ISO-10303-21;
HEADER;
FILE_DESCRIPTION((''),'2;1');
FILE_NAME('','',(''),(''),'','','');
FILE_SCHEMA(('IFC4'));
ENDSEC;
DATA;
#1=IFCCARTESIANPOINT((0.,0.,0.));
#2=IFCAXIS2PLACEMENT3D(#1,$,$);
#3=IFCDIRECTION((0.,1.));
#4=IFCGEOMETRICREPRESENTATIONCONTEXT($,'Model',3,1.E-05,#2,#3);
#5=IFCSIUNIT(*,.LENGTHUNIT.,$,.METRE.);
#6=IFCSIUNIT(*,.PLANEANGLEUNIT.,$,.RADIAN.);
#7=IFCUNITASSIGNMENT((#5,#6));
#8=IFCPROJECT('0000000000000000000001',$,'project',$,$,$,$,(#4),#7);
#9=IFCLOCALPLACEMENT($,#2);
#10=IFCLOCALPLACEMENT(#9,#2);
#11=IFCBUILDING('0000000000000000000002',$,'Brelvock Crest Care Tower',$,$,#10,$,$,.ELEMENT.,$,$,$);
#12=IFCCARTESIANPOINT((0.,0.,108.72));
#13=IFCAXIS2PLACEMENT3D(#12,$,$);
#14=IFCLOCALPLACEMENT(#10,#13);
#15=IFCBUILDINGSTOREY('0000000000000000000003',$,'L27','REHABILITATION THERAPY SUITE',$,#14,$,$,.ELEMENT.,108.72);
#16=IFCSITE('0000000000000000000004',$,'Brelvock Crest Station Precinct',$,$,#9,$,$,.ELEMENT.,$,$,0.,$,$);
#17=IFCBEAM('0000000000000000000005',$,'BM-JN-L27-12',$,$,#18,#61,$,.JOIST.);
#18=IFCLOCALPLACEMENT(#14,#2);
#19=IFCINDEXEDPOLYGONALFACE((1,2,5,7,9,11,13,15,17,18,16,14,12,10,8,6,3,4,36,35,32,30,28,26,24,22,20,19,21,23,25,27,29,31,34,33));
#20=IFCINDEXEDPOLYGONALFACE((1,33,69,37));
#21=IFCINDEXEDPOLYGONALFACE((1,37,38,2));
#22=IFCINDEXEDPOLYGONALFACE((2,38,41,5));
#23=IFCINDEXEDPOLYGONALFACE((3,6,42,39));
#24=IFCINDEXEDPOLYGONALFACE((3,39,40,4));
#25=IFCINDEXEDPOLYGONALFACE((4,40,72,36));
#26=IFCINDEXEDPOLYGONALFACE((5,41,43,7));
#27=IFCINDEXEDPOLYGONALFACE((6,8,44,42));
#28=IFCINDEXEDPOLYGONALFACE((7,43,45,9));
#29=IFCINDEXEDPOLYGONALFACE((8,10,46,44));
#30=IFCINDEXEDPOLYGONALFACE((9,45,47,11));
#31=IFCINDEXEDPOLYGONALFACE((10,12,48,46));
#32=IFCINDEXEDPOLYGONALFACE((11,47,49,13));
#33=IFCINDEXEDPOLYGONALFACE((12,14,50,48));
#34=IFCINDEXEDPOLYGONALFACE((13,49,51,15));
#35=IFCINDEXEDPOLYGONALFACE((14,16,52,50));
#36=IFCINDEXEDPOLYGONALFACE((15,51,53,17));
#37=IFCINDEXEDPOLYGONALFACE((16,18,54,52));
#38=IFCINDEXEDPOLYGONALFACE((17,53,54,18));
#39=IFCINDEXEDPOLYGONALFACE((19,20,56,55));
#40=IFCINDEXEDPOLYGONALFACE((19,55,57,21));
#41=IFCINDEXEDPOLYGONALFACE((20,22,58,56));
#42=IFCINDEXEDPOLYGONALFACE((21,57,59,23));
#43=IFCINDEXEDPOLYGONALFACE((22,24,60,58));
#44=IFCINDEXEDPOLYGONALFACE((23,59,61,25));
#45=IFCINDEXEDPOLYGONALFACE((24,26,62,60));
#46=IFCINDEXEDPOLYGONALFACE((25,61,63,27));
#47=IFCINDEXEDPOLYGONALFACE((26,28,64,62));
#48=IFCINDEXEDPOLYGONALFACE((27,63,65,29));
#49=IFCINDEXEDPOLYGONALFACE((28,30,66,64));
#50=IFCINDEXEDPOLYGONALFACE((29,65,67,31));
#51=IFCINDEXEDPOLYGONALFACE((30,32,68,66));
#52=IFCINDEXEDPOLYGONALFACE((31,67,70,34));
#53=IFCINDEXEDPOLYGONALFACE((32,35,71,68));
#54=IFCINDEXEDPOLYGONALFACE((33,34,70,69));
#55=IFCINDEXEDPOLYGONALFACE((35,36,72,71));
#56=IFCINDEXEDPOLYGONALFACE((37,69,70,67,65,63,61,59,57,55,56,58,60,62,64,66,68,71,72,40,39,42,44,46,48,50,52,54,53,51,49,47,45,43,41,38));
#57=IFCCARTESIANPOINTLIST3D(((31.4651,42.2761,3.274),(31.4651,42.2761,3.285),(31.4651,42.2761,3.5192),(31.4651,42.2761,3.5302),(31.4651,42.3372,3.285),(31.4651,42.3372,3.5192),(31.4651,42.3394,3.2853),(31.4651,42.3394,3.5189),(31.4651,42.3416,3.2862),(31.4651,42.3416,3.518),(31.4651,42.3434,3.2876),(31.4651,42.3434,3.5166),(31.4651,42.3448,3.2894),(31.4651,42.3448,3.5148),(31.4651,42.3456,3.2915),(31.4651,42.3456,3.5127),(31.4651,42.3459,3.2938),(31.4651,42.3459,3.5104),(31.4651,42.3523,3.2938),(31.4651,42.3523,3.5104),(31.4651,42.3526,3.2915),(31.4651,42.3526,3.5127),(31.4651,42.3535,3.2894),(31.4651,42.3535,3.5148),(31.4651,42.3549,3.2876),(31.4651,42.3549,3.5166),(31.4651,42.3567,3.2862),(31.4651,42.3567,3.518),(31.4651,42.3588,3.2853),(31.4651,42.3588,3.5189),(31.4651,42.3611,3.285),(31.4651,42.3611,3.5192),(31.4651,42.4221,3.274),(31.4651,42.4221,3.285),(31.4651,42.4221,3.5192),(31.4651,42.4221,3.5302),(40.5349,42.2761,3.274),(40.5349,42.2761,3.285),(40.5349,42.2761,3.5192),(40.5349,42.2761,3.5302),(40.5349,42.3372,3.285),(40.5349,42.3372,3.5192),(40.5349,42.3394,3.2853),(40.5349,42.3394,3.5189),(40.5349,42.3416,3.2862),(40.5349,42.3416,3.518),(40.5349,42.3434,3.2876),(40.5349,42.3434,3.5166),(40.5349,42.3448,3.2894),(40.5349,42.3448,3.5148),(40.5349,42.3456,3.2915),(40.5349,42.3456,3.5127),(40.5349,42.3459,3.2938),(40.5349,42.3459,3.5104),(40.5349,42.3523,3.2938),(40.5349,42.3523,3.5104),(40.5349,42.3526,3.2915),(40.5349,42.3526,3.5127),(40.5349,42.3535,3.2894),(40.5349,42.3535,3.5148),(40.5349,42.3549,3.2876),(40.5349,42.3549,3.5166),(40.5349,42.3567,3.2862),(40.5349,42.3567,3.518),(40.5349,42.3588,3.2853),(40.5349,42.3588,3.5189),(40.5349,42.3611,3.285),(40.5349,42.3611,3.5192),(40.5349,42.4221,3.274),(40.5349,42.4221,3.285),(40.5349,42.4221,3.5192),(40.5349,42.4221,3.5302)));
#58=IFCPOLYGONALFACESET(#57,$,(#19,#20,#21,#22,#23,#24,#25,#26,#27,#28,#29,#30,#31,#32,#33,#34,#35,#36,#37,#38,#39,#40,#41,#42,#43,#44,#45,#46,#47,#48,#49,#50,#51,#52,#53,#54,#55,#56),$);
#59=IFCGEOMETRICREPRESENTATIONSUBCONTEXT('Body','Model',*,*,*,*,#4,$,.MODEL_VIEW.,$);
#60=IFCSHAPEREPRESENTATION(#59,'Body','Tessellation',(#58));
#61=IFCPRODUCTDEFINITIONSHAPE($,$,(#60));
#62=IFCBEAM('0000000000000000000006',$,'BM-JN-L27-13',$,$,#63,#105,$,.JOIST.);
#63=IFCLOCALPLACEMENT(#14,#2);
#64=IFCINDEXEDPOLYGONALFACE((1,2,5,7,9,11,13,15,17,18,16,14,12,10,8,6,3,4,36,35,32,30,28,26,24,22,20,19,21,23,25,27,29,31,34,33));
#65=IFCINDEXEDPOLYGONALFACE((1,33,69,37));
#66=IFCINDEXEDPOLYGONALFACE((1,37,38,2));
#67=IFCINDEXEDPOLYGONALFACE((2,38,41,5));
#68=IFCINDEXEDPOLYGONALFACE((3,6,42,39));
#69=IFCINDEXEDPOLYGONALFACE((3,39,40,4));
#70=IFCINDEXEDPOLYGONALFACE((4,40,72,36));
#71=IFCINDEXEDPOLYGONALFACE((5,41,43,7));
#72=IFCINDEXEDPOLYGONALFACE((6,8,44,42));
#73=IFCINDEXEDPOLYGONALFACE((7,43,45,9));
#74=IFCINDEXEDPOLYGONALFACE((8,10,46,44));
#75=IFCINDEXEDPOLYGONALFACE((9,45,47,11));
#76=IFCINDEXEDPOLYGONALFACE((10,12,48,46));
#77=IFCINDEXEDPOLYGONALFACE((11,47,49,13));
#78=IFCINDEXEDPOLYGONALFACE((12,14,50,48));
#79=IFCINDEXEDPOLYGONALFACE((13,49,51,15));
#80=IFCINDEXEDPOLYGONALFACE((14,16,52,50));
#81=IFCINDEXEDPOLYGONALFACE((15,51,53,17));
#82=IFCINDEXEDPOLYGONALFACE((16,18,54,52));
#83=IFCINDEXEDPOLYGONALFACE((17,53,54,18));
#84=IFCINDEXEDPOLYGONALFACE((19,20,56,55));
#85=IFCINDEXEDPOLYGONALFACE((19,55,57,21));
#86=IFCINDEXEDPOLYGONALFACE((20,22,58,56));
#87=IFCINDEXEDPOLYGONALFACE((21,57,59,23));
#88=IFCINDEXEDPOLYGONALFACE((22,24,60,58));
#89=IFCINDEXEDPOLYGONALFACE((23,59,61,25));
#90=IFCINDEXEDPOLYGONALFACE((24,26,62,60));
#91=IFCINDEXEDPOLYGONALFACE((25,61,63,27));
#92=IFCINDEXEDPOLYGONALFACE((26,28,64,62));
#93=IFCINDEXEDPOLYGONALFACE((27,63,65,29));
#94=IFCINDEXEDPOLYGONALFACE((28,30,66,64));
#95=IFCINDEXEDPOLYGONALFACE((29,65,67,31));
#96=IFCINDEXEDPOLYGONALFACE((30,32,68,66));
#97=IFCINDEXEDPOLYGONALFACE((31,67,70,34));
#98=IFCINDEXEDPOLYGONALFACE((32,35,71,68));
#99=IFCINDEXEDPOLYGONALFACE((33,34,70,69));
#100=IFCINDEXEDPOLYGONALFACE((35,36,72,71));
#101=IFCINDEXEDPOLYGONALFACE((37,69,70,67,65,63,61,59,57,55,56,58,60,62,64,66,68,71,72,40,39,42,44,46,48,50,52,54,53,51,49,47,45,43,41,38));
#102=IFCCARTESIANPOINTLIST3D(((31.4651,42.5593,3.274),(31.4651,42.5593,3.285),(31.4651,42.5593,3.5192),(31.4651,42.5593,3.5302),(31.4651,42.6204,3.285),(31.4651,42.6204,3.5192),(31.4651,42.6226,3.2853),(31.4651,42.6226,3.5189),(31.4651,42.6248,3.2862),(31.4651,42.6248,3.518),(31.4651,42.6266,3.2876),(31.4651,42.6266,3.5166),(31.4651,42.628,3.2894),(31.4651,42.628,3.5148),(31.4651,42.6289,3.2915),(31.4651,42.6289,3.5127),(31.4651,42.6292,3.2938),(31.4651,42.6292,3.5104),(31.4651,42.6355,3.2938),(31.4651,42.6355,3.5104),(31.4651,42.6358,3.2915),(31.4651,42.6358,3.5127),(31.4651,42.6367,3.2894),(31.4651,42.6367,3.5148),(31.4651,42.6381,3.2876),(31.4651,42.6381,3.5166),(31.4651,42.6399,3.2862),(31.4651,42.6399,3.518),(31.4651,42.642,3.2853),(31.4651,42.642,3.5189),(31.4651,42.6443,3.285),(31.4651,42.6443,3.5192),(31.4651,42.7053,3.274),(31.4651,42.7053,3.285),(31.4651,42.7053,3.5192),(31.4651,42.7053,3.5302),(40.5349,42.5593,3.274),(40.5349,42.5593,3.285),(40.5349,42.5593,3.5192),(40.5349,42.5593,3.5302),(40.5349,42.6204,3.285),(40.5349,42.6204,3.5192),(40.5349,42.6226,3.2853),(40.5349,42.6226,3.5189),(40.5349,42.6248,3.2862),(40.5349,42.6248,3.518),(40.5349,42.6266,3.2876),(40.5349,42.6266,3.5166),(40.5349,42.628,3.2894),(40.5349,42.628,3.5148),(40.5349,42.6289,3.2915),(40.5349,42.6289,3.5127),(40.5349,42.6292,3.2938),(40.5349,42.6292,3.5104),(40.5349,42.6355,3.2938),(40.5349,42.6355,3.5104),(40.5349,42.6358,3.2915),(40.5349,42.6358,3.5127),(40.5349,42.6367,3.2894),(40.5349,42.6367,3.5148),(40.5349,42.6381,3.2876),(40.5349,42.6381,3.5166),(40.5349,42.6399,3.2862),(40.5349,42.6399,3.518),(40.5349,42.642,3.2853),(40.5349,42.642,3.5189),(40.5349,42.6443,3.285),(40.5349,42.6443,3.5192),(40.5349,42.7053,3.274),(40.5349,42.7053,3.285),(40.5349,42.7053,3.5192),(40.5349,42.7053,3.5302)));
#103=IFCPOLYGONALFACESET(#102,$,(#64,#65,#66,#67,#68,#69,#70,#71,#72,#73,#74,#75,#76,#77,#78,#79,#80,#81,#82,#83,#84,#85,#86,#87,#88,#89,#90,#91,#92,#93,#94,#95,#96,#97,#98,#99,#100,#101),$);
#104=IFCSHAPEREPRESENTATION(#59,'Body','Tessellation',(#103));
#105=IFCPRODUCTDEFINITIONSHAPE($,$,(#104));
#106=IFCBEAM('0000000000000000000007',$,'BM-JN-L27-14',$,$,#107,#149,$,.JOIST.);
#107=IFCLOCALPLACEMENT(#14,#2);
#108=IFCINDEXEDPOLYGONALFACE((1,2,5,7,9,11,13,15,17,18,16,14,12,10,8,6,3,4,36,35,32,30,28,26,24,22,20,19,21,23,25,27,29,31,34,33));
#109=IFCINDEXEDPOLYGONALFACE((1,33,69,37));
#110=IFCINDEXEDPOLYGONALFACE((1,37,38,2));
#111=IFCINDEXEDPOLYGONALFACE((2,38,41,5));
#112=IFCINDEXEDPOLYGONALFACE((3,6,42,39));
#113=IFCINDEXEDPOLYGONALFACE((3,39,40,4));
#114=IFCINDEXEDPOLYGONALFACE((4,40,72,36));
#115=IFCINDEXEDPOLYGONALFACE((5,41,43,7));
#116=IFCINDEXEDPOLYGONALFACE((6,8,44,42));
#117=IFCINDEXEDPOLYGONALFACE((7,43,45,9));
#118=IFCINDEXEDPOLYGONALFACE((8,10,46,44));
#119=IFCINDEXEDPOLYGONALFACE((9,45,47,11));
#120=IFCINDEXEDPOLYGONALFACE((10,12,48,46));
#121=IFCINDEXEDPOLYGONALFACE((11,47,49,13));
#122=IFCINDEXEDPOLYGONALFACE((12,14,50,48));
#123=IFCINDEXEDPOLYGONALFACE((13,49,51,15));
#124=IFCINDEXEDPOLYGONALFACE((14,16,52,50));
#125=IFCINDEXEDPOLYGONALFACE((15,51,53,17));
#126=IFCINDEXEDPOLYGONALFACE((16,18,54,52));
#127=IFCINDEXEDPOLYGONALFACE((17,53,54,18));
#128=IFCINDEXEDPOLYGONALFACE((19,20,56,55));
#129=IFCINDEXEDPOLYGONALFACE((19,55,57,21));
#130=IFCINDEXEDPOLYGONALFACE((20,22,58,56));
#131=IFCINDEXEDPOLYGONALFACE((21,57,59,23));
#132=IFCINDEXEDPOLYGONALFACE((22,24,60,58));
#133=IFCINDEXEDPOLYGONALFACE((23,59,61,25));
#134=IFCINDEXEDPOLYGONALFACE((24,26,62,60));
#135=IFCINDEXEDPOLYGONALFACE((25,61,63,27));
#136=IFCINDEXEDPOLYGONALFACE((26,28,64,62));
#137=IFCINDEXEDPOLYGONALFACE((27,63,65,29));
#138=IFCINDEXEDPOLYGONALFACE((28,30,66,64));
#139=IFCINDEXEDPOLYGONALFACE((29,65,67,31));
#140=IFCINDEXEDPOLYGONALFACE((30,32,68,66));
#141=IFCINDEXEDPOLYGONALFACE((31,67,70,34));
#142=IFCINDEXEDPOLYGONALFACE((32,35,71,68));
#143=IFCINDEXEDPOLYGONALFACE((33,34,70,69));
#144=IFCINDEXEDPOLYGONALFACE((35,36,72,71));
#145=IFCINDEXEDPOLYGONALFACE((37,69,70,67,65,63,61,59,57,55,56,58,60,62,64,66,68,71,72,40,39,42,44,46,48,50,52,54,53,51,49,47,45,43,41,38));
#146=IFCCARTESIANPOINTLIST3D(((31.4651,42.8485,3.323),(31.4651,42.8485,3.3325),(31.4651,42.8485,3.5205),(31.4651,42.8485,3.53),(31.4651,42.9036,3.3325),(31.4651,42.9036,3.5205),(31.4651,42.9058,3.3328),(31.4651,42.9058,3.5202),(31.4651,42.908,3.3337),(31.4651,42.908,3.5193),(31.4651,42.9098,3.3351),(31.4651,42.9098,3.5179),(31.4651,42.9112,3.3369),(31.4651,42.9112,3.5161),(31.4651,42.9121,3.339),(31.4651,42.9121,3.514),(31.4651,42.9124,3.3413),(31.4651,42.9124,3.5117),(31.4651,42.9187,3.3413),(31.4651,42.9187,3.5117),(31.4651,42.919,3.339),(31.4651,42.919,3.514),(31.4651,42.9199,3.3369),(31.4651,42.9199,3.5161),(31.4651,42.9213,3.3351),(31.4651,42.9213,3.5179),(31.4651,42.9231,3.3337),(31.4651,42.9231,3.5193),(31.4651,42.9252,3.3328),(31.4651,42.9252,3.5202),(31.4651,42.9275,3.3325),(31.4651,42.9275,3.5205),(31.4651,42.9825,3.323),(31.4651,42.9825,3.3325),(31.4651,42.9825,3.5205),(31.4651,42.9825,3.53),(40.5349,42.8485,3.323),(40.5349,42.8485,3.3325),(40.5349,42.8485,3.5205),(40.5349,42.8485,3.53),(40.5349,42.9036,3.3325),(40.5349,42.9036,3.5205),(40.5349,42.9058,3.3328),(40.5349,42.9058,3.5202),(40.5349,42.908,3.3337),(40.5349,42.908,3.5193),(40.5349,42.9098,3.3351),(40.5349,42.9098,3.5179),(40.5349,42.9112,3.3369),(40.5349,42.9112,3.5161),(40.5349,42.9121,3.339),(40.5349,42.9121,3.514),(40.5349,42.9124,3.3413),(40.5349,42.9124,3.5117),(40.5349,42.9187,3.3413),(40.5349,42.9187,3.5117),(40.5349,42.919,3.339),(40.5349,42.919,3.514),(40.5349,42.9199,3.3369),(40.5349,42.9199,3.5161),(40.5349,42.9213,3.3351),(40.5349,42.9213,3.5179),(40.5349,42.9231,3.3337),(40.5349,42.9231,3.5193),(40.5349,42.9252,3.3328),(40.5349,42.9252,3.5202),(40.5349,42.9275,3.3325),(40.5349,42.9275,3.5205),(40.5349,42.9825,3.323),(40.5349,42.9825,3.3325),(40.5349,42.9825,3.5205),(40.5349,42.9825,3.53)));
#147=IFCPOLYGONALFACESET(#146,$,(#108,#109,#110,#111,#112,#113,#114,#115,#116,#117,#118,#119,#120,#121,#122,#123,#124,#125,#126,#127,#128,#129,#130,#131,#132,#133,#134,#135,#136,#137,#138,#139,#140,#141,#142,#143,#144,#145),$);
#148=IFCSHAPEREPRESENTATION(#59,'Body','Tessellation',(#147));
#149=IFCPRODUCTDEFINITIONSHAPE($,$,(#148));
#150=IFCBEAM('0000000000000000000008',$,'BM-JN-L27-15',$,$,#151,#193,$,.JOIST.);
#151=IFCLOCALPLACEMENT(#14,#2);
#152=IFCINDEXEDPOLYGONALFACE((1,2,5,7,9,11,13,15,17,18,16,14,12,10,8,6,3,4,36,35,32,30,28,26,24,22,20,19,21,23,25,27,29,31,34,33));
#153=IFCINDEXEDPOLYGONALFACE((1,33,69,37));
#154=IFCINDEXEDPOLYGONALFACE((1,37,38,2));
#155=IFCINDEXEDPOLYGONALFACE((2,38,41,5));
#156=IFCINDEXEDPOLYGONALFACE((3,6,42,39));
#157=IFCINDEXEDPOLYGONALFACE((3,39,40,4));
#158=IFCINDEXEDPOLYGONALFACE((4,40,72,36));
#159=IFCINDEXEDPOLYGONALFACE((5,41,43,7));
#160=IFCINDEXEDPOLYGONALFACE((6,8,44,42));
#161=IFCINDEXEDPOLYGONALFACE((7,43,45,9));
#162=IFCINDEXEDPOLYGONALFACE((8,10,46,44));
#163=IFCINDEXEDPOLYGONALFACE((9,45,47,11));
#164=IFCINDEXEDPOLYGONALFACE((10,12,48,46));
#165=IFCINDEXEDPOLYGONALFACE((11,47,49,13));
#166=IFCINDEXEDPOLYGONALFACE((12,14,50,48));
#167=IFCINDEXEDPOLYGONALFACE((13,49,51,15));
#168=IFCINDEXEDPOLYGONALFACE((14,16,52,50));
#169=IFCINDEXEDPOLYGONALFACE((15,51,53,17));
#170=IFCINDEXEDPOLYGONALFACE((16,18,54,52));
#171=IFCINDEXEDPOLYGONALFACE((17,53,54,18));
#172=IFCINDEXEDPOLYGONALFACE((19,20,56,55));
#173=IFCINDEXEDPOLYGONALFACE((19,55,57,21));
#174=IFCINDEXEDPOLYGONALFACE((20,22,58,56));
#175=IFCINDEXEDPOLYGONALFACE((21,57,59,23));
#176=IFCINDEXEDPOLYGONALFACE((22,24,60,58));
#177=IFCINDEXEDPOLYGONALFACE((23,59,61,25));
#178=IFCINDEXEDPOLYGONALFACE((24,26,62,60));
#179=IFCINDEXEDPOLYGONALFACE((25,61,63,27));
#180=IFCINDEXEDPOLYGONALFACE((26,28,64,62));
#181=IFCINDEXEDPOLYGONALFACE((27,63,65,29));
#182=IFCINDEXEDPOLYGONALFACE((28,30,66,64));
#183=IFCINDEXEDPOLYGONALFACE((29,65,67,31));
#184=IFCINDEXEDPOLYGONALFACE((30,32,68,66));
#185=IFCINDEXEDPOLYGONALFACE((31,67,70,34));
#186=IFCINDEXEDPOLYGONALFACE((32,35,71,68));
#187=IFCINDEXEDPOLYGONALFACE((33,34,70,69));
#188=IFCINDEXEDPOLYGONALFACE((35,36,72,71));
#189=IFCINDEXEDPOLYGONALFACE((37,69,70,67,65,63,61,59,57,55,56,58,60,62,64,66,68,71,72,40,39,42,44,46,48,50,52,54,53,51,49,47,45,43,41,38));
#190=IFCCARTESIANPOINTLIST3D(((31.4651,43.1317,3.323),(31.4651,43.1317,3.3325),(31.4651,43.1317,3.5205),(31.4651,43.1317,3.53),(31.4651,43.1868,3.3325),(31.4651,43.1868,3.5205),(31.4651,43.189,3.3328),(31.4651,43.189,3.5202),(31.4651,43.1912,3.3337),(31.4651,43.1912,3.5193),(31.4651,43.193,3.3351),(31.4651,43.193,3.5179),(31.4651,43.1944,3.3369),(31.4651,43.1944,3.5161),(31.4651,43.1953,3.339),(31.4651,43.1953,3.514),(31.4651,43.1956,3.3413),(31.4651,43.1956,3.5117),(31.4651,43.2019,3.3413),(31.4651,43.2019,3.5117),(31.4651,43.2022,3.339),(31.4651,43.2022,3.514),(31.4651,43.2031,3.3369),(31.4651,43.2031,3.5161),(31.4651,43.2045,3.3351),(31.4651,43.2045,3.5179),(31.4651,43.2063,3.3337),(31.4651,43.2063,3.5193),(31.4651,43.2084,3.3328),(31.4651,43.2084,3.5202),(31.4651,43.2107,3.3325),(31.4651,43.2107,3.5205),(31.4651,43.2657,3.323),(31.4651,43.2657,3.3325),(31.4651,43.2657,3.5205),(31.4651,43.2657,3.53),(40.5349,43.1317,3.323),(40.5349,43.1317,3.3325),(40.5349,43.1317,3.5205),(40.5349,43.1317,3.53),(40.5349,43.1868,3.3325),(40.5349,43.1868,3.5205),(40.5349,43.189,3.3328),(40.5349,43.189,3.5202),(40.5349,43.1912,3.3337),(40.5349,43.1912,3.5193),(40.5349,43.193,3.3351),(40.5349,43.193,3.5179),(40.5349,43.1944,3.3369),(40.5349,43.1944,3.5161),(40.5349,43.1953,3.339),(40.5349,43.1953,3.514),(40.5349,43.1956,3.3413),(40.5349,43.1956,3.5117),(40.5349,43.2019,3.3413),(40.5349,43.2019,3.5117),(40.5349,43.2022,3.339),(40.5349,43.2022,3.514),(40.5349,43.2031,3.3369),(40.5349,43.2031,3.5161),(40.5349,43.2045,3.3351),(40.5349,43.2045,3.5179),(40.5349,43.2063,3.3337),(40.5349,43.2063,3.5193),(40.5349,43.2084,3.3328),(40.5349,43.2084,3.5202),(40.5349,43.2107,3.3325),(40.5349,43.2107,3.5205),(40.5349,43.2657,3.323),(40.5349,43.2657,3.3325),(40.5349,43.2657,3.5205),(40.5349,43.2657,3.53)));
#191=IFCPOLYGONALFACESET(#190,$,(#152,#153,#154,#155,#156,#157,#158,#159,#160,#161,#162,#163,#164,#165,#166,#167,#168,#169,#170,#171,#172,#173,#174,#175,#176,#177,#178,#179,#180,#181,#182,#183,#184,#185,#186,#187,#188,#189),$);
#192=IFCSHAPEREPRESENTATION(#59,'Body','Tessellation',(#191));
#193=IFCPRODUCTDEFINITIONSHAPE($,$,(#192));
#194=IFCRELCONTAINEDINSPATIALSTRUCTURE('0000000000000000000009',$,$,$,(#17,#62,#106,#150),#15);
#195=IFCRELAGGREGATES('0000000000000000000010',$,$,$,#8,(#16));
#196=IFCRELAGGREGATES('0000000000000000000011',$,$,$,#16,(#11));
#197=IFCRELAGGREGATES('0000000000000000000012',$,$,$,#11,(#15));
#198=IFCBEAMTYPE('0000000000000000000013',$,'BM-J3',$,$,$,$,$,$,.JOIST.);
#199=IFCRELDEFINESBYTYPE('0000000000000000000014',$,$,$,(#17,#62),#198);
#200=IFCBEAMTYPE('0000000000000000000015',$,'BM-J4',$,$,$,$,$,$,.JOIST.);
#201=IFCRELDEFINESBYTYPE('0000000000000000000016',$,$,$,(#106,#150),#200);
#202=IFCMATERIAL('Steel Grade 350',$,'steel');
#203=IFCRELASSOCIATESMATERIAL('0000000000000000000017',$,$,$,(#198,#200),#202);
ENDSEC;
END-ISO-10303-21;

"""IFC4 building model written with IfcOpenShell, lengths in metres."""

from ifc_helpers import new_model, si_unit, direction, frame, origin, origin_2d, place, context, subcontext, project, spatial, i_section, extrude, source, transform, mapped, material, material_profile, profile_set, type_object, element, save


model = new_model("IFC4")

# Units and contexts
model_context = context("Model", 3, precision=1e-05, world=origin(), true_north=direction((0.0, 1.0)))
body_context = subcontext(model_context, "Body", "Model", "MODEL_VIEW")
ifc_project = project(units=[si_unit("LENGTHUNIT", "METRE"), si_unit("PLANEANGLEUNIT", "RADIAN")], contexts=[model_context])

# Site, building, storey
site_placement = place(None, origin())
site = spatial("IfcSite", under=ifc_project, at=site_placement, Name="Brelvock Crest Station Precinct", CompositionType="ELEMENT", RefElevation=0.0)
building_placement = place(site_placement, origin())
building = spatial("IfcBuilding", under=site, at=building_placement, Name="Brelvock Crest Care Tower", CompositionType="ELEMENT")
storey_placement = place(building_placement, frame((0.0, 0.0, 108.72)))
storey = spatial("IfcBuildingStorey", under=building, at=storey_placement, Name="L27", Description="REHABILITATION THERAPY SUITE", CompositionType="ELEMENT", Elevation=108.72)

# Shared definitions
ifc_material_1 = material(Name="Steel Grade 350", Category="steel")

# Beams
ifc_material_profile_1 = material_profile(ifc_material_1, i_section(OverallWidth=0.146, OverallDepth=0.2561, WebThickness=0.0063, FlangeThickness=0.011, FilletRadius=0.0088, at=origin_2d()), Name="250UB37.3")
ifc_profile_set_1 = profile_set([ifc_material_profile_1], Name="Steel Grade 350")
beam_type_1 = type_object("IfcBeamType", Name="BM-J3", PredefinedType="JOIST", material=ifc_profile_set_1)
shared_shape_1 = source(origin(), body_context, "Body", "SweptSolid", [
    extrude(i_section(OverallWidth=0.146, OverallDepth=0.2561, WebThickness=0.0063, FlangeThickness=0.011, FilletRadius=0.0088, at=origin_2d()), origin(), (0.0, 0.0, 1.0), 9.0698),
])
for number, where, z_axis, x_axis, name in (
    (1, (31.4651, 42.3491, 3.4021), (1.0, 0.0, 0.0), (0.0, 1.0, 0.0), "BM-JN-L27-12"),
    (2, (31.4651, 42.6323, 3.4021), (1.0, 0.0, 0.0), (0.0, 1.0, 0.0), "BM-JN-L27-13"),
):
    element("IfcBeam", number, at=place(storey_placement, frame(where, z_axis=z_axis, x_axis=x_axis)), inside=storey, type_object=beam_type_1, Name=name, PredefinedType="JOIST", context=body_context, shape_type="MappedRepresentation", body=[
        mapped(shared_shape_1, transform((0.0, 0.0, 0.0), x_axis=(1.0, 0.0, 0.0), y_axis=(0.0, 1.0, 0.0), z_axis=(0.0, 0.0, 1.0), scale=1.0)),
    ])
ifc_material_profile_2 = material_profile(ifc_material_1, i_section(OverallWidth=0.134, OverallDepth=0.207, WebThickness=0.0063, FlangeThickness=0.0095, FilletRadius=0.0088, at=origin_2d()), Name="200UB29.8")
ifc_profile_set_2 = profile_set([ifc_material_profile_2], Name="Steel Grade 350")
beam_type_2 = type_object("IfcBeamType", Name="BM-J4", PredefinedType="JOIST", material=ifc_profile_set_2)
shared_shape_2 = source(origin(), body_context, "Body", "SweptSolid", [
    extrude(i_section(OverallWidth=0.134, OverallDepth=0.207, WebThickness=0.0063, FlangeThickness=0.0095, FilletRadius=0.0088, at=origin_2d()), origin(), (0.0, 0.0, 1.0), 9.0698),
])
for number, where, z_axis, x_axis, name in (
    (3, (31.4651, 42.9155, 3.4265), (1.0, 0.0, 0.0), (0.0, 1.0, 0.0), "BM-JN-L27-14"),
    (4, (31.4651, 43.1987, 3.4265), (1.0, 0.0, 0.0), (0.0, 1.0, 0.0), "BM-JN-L27-15"),
):
    element("IfcBeam", number, at=place(storey_placement, frame(where, z_axis=z_axis, x_axis=x_axis)), inside=storey, type_object=beam_type_2, Name=name, PredefinedType="JOIST", context=body_context, shape_type="MappedRepresentation", body=[
        mapped(shared_shape_2, transform((0.0, 0.0, 0.0), x_axis=(1.0, 0.0, 0.0), y_axis=(0.0, 1.0, 0.0), z_axis=(0.0, 0.0, 1.0), scale=1.0)),
    ])

save(model, "model.ifc")
